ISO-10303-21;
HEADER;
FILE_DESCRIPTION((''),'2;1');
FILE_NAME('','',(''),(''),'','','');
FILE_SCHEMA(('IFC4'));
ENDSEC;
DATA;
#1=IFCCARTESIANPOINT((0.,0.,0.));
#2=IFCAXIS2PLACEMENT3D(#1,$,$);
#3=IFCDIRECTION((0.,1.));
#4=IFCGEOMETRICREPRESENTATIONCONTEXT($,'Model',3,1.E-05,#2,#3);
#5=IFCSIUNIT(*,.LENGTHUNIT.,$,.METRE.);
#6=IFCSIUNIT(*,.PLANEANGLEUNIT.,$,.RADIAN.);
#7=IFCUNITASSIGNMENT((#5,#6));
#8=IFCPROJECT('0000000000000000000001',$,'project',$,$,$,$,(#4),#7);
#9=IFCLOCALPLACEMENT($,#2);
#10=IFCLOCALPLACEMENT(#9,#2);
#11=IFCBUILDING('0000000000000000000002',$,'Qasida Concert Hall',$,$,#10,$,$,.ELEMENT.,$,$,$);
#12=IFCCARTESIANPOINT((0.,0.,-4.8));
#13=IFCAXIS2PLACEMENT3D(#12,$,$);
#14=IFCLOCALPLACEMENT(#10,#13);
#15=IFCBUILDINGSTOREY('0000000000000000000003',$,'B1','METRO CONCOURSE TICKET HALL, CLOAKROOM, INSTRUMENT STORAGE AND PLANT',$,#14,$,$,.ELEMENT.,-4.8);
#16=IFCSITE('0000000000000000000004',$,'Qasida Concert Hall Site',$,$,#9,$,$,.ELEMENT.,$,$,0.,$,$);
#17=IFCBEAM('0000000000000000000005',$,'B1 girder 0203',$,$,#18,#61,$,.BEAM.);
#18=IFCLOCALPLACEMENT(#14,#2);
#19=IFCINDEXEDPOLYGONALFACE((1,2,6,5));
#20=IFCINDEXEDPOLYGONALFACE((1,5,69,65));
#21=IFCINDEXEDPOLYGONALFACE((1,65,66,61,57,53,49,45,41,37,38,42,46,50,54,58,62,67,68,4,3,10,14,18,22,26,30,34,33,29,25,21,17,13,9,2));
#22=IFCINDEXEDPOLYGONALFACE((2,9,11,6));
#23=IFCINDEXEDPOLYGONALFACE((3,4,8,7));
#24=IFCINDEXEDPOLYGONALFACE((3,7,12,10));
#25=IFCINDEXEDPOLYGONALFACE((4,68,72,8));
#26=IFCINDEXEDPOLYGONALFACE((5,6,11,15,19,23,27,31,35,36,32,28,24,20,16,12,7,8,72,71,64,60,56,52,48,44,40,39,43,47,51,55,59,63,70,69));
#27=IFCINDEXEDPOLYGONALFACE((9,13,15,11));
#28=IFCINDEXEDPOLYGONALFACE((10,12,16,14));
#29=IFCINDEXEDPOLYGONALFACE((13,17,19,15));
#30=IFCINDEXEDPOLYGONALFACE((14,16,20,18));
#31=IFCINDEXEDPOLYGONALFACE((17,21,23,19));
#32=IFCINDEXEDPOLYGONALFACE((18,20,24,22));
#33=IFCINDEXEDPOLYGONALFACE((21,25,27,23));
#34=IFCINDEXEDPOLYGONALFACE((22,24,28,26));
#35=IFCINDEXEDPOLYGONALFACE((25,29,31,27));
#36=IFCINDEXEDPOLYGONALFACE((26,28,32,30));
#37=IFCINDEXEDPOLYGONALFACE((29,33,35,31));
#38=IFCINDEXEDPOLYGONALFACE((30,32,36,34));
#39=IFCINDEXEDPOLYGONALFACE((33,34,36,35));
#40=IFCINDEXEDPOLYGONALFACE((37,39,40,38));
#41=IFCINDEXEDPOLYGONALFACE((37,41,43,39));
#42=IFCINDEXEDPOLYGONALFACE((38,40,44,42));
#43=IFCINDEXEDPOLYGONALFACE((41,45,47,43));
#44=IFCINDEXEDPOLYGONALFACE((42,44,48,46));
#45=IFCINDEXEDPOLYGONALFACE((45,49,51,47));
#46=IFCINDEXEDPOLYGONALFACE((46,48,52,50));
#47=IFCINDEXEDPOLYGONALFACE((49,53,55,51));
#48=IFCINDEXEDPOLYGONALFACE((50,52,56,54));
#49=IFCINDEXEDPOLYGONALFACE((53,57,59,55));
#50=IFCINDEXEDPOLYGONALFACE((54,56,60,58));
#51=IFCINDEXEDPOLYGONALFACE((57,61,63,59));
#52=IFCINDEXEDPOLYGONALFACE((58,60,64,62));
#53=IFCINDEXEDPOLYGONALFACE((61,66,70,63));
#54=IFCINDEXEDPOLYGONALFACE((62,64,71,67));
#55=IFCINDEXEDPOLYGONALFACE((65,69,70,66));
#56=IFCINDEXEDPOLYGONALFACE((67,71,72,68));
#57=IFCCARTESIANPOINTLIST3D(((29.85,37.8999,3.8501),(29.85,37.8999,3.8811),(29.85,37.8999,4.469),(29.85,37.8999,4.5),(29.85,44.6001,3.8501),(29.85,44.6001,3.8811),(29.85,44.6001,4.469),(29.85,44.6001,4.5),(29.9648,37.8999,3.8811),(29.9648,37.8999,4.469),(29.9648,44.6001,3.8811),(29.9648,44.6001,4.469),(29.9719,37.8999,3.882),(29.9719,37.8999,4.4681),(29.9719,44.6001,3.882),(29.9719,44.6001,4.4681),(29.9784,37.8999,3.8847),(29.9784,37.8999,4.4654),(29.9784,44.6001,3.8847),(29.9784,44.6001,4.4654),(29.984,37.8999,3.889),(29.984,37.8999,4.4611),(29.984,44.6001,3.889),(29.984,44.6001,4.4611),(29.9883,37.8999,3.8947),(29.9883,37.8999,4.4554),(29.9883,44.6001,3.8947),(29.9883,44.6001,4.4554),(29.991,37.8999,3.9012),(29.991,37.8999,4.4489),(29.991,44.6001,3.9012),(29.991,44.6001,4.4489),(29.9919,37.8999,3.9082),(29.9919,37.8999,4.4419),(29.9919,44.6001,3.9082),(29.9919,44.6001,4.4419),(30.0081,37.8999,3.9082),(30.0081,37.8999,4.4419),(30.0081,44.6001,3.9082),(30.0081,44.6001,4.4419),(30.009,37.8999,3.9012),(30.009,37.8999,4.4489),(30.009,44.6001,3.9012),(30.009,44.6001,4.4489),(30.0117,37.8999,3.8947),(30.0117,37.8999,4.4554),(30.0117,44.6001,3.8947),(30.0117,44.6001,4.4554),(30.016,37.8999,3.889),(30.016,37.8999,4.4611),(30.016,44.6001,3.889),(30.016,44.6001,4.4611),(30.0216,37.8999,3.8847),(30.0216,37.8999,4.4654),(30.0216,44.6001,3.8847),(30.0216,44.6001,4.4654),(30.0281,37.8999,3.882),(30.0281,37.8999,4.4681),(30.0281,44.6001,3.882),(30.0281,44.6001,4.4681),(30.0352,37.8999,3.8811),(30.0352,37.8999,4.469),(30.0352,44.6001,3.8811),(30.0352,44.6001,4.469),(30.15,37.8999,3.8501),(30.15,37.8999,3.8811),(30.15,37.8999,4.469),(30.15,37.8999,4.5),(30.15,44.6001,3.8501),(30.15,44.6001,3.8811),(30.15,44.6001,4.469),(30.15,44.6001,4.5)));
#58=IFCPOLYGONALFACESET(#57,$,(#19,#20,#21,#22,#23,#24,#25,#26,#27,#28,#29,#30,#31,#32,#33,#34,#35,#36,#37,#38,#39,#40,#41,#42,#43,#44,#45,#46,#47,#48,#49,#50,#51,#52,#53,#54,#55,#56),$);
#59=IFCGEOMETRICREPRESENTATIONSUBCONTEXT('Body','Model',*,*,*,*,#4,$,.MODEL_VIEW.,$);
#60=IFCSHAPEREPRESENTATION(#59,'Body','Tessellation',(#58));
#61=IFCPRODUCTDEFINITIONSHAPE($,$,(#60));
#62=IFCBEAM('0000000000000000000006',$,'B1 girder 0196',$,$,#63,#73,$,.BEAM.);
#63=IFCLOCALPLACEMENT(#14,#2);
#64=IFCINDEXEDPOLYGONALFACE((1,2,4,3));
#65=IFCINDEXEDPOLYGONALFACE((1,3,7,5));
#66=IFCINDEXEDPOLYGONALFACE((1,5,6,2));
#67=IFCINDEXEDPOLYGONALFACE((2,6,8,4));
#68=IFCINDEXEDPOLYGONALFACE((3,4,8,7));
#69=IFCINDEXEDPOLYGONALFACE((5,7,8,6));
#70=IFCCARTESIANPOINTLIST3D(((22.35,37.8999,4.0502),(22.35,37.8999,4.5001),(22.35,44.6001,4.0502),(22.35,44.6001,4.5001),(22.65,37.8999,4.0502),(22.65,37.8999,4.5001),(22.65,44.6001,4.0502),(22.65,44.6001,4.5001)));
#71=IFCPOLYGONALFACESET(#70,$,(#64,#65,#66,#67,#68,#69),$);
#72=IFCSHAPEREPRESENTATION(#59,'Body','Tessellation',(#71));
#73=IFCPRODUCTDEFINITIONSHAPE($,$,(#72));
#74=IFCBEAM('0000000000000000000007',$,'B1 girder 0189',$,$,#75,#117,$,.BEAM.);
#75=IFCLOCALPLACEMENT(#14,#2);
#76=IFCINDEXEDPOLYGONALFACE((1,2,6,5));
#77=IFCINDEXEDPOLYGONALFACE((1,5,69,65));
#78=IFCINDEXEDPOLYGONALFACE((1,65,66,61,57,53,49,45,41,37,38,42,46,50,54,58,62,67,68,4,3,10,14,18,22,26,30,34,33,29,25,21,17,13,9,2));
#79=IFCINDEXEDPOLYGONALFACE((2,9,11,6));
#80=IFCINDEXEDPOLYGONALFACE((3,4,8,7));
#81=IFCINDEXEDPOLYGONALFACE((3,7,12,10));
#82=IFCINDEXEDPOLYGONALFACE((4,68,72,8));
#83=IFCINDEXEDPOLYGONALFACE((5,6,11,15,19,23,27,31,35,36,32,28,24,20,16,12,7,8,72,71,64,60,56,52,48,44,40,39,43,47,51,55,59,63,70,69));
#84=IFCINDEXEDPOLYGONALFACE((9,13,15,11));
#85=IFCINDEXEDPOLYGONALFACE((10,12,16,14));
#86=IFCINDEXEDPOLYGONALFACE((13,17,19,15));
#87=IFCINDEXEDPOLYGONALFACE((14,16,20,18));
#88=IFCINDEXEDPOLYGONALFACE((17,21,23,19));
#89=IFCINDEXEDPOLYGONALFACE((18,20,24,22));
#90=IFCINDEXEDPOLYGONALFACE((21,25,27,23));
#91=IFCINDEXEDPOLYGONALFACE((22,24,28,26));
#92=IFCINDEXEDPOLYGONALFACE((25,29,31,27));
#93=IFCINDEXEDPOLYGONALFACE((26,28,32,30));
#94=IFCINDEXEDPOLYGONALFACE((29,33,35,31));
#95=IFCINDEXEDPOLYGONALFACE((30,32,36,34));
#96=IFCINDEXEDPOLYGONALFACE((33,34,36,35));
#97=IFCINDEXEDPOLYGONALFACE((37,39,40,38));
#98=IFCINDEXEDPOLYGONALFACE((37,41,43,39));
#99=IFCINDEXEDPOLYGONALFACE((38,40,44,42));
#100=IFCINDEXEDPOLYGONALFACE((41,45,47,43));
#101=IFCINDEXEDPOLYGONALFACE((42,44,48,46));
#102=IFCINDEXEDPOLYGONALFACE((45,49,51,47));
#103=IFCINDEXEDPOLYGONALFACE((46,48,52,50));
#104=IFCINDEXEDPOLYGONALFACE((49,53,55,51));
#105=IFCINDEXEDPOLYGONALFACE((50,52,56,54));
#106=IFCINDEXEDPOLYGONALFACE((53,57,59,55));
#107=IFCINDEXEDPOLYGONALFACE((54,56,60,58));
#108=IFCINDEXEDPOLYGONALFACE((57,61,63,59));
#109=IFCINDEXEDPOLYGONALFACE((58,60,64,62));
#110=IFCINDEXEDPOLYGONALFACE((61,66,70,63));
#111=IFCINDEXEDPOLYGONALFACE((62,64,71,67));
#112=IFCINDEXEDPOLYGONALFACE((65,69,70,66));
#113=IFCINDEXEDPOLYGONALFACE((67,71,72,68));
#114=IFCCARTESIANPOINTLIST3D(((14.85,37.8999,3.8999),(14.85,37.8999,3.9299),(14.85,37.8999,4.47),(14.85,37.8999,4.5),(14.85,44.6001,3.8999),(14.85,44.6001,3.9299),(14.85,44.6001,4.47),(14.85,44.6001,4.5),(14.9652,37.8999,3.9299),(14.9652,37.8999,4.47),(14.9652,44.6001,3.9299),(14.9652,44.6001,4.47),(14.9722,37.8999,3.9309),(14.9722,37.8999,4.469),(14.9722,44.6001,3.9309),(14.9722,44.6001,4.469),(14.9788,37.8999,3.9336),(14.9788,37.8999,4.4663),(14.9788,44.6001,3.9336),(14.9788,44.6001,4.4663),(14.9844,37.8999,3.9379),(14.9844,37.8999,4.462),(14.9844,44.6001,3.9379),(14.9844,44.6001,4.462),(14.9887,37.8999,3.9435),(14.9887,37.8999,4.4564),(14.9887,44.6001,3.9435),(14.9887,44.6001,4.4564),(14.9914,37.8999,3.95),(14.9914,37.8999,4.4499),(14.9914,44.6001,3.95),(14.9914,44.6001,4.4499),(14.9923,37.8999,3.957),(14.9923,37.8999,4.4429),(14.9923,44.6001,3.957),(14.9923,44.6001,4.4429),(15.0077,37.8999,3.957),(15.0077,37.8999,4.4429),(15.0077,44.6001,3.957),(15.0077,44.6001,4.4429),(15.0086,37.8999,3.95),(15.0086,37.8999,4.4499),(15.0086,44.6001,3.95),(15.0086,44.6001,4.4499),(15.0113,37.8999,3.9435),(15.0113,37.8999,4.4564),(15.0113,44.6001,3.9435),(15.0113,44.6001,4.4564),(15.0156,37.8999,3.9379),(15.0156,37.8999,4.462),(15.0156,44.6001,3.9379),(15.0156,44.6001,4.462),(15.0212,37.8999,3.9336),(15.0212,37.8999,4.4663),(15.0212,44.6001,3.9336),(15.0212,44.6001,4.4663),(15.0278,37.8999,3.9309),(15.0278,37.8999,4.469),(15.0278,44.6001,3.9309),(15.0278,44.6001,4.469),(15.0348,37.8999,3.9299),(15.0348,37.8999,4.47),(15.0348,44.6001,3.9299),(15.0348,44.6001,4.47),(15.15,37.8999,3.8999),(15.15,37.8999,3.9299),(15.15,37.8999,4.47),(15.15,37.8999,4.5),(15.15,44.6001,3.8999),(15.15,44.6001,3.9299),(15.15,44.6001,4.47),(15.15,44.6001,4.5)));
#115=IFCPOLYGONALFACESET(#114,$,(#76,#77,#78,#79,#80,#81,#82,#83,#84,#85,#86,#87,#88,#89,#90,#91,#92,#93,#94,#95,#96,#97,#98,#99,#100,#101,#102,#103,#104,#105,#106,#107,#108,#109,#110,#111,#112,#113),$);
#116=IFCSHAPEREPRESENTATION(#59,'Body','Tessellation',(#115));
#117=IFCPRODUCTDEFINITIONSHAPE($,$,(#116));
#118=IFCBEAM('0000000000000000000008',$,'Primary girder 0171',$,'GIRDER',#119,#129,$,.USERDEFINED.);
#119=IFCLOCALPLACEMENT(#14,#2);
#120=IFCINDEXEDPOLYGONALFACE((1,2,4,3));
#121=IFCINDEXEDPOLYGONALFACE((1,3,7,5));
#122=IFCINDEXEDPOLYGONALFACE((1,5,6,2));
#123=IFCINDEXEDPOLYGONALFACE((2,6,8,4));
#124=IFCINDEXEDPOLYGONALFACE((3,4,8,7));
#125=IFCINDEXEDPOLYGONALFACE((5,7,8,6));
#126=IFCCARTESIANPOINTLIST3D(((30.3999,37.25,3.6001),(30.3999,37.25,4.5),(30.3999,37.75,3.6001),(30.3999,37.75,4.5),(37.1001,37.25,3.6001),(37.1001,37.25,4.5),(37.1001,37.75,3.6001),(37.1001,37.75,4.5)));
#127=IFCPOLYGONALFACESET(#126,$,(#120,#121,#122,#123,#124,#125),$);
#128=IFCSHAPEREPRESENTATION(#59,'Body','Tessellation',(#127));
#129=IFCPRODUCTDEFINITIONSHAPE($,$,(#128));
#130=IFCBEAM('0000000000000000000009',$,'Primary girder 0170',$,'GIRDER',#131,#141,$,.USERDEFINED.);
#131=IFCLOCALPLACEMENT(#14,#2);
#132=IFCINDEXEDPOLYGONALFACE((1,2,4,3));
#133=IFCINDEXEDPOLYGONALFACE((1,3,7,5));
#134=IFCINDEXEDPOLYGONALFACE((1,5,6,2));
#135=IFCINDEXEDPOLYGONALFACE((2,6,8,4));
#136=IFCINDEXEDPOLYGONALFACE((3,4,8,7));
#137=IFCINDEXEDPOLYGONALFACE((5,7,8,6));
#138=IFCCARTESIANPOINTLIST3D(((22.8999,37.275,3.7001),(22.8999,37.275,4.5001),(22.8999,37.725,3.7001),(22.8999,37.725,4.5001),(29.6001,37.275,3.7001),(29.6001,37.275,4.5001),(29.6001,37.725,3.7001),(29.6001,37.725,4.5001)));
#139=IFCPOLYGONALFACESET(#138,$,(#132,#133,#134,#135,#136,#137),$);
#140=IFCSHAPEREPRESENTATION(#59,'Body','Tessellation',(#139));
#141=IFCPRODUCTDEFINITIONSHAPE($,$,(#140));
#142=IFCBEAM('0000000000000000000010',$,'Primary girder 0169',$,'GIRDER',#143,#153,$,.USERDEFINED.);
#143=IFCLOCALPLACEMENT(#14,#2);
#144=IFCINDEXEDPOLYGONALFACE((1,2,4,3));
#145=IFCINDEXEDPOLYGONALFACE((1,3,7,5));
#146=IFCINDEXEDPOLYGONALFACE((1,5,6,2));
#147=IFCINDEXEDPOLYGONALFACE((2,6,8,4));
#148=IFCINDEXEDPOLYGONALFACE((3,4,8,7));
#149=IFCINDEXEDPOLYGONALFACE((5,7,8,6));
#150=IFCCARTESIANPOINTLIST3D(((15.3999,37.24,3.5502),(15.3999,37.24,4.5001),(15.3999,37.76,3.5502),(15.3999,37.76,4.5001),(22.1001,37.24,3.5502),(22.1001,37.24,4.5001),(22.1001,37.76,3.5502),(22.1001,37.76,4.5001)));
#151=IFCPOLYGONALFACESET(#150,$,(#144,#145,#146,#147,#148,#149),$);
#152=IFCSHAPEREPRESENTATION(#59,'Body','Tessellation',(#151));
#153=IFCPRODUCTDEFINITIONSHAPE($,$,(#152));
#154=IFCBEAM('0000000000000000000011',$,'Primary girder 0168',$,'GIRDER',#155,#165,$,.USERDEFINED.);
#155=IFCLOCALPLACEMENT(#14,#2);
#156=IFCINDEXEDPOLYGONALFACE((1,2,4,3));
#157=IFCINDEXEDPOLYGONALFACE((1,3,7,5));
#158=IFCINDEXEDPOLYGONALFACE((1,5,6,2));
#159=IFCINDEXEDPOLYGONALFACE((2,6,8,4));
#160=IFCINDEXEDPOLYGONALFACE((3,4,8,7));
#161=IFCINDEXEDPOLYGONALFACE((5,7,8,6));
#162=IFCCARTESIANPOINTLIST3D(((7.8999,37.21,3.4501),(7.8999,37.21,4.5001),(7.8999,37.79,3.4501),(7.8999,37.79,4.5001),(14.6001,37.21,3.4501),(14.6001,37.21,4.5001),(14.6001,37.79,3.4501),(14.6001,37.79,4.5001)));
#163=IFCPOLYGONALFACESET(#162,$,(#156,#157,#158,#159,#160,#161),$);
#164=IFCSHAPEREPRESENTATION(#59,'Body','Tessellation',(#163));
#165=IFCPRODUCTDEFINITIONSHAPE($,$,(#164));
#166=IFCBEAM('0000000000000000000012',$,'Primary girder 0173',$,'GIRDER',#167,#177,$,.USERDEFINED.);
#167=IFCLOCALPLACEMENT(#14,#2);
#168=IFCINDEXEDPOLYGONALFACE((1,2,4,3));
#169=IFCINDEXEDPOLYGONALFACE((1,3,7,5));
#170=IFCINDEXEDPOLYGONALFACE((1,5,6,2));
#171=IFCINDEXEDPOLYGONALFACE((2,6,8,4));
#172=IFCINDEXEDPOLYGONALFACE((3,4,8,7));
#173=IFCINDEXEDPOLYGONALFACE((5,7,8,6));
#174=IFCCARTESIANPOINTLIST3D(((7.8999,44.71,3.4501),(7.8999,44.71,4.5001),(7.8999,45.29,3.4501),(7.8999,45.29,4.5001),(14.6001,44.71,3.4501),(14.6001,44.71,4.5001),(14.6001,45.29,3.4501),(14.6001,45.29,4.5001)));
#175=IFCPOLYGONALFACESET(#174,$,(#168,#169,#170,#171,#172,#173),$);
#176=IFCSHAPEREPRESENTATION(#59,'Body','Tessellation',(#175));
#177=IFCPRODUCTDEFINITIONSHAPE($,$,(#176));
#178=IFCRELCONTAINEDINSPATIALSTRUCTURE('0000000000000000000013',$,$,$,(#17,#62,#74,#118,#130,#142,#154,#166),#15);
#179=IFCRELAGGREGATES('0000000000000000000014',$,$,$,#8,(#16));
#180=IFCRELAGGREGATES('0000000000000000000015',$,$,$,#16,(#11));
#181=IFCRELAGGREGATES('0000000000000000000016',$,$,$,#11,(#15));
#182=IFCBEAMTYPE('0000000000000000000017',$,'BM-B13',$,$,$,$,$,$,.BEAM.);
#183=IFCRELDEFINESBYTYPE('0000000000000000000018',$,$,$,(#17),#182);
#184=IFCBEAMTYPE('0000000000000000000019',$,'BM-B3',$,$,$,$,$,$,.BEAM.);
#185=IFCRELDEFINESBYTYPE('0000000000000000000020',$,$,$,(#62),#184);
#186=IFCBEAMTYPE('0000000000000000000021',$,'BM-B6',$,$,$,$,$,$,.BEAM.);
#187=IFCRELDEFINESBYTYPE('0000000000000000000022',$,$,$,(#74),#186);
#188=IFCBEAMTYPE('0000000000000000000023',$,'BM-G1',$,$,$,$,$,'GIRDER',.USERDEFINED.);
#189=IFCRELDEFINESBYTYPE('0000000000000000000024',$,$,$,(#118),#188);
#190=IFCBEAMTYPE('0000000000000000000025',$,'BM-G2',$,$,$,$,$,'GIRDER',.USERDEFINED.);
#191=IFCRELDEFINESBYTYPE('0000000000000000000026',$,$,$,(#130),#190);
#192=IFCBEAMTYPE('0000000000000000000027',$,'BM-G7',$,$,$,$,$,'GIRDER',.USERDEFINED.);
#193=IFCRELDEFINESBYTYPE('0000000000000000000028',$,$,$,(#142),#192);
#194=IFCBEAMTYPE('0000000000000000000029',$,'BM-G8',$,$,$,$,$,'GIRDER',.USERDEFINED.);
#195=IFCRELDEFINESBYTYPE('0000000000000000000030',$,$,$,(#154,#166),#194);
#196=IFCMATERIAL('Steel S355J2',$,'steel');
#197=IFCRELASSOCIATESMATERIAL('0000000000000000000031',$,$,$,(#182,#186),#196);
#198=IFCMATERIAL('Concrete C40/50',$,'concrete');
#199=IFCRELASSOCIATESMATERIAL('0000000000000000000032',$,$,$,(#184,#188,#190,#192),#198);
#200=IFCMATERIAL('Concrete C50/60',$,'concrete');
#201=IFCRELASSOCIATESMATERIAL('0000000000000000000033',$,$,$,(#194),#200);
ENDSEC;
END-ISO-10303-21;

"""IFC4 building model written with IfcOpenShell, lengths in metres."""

from ifc_helpers import new_model, si_unit, direction, frame, origin, origin_2d, place, context, subcontext, project, spatial, rectangle, i_section, extrude, material, material_profile, profile_set, type_object, element, save


model = new_model("IFC4")

# Units and contexts
model_context = context("Model", 3, precision=1e-05, world=origin(), true_north=direction((0.0, 1.0)))
body_context = subcontext(model_context, "Body", "Model", "MODEL_VIEW")
ifc_project = project(units=[si_unit("LENGTHUNIT", "METRE"), si_unit("PLANEANGLEUNIT", "RADIAN")], contexts=[model_context])

# Site, building, storey
site_placement = place(None, origin())
site = spatial("IfcSite", under=ifc_project, at=site_placement, Name="Qasida Concert Hall Site", CompositionType="ELEMENT", RefElevation=0.0)
building_placement = place(site_placement, origin())
building = spatial("IfcBuilding", under=site, at=building_placement, Name="Qasida Concert Hall", CompositionType="ELEMENT")
storey_placement = place(building_placement, frame((0.0, 0.0, -4.8)))
storey = spatial("IfcBuildingStorey", under=building, at=storey_placement, Name="B1", Description="METRO CONCOURSE TICKET HALL, CLOAKROOM, INSTRUMENT STORAGE AND PLANT", CompositionType="ELEMENT", Elevation=-4.8)

# Shared definitions
ifc_material_1 = material(Name="Concrete C40/50", Category="concrete")

# Shared definitions
ifc_material_2 = material(Name="Concrete C50/60", Category="concrete")

# Beams
ifc_material_3 = material(Name="Steel S355J2", Category="steel")
ifc_material_profile_1 = material_profile(ifc_material_3, i_section(OverallWidth=0.3, OverallDepth=0.6499, WebThickness=0.0161, FlangeThickness=0.031, FilletRadius=0.0271, at=origin_2d()), Name="HEB 650")
ifc_profile_set_1 = profile_set([ifc_material_profile_1], Name="Steel S355J2")
beam_type_1 = type_object("IfcBeamType", Name="BM-B13", PredefinedType="BEAM", material=ifc_profile_set_1)
beam_1_placement = place(storey_placement, frame((30.0, 37.8999, 4.175), z_axis=(0.0, 1.0, 0.0), x_axis=(-1.0, 0.0, 0.0)))
element("IfcBeam", 1, at=beam_1_placement, inside=storey, type_object=beam_type_1, Name="B1 girder 0203", PredefinedType="BEAM", context=body_context, shape_type="SweptSolid", body=[
    extrude(i_section(OverallWidth=0.3, OverallDepth=0.6499, WebThickness=0.0161, FlangeThickness=0.031, FilletRadius=0.0271, at=origin_2d()), origin(), (0.0, 0.0, 1.0), 6.7002),
])
ifc_material_profile_2 = material_profile(ifc_material_1, rectangle(XDim=0.3, YDim=0.45, at=origin_2d()), Name="RC 300x450")
ifc_profile_set_2 = profile_set([ifc_material_profile_2], Name="Concrete C40/50")
beam_type_2 = type_object("IfcBeamType", Name="BM-B3", PredefinedType="BEAM", material=ifc_profile_set_2)
beam_2_placement = place(storey_placement, frame((22.5, 37.8999, 4.2751), z_axis=(0.0, 1.0, 0.0), x_axis=(-1.0, 0.0, 0.0)))
element("IfcBeam", 2, at=beam_2_placement, inside=storey, type_object=beam_type_2, Name="B1 girder 0196", PredefinedType="BEAM", context=body_context, shape_type="SweptSolid", body=[
    extrude(rectangle(XDim=0.3, YDim=0.45, at=origin_2d()), origin(), (0.0, 0.0, 1.0), 6.7002),
])
ifc_material_profile_3 = material_profile(ifc_material_3, i_section(OverallWidth=0.3, OverallDepth=0.6001, WebThickness=0.0154, FlangeThickness=0.03, FilletRadius=0.0271, at=origin_2d()), Name="HEB 600")
ifc_profile_set_3 = profile_set([ifc_material_profile_3], Name="Steel S355J2")
beam_type_3 = type_object("IfcBeamType", Name="BM-B6", PredefinedType="BEAM", material=ifc_profile_set_3)
beam_3_placement = place(storey_placement, frame((15.0, 37.8999, 4.2), z_axis=(0.0, 1.0, 0.0), x_axis=(-1.0, 0.0, 0.0)))
element("IfcBeam", 3, at=beam_3_placement, inside=storey, type_object=beam_type_3, Name="B1 girder 0189", PredefinedType="BEAM", context=body_context, shape_type="SweptSolid", body=[
    extrude(i_section(OverallWidth=0.3, OverallDepth=0.6001, WebThickness=0.0154, FlangeThickness=0.03, FilletRadius=0.0271, at=origin_2d()), origin(), (0.0, 0.0, 1.0), 6.7002),
])
ifc_material_profile_4 = material_profile(ifc_material_1, rectangle(XDim=0.5, YDim=0.8999, at=origin_2d()), Name="RC 500x900")
ifc_profile_set_4 = profile_set([ifc_material_profile_4], Name="Concrete C40/50")
beam_type_4 = type_object("IfcBeamType", Name="BM-G1", ElementType="GIRDER", PredefinedType="USERDEFINED", material=ifc_profile_set_4)
beam_4_placement = place(storey_placement, frame((30.3999, 37.5, 4.05), z_axis=(1.0, 0.0, 0.0), x_axis=(0.0, 1.0, 0.0)))
element("IfcBeam", 4, at=beam_4_placement, inside=storey, type_object=beam_type_4, Name="Primary girder 0171", ObjectType="GIRDER", PredefinedType="USERDEFINED", context=body_context, shape_type="SweptSolid", body=[
    extrude(rectangle(XDim=0.5, YDim=0.8999, at=origin_2d()), origin(), (0.0, 0.0, 1.0), 6.7002),
])
ifc_material_profile_5 = material_profile(ifc_material_1, rectangle(XDim=0.45, YDim=0.8, at=origin_2d()), Name="RC 450x800")
ifc_profile_set_5 = profile_set([ifc_material_profile_5], Name="Concrete C40/50")
beam_type_5 = type_object("IfcBeamType", Name="BM-G2", ElementType="GIRDER", PredefinedType="USERDEFINED", material=ifc_profile_set_5)
beam_5_placement = place(storey_placement, frame((22.8999, 37.5, 4.1001), z_axis=(1.0, 0.0, 0.0), x_axis=(0.0, 1.0, 0.0)))
element("IfcBeam", 5, at=beam_5_placement, inside=storey, type_object=beam_type_5, Name="Primary girder 0170", ObjectType="GIRDER", PredefinedType="USERDEFINED", context=body_context, shape_type="SweptSolid", body=[
    extrude(rectangle(XDim=0.45, YDim=0.8, at=origin_2d()), origin(), (0.0, 0.0, 1.0), 6.7002),
])
ifc_material_profile_6 = material_profile(ifc_material_1, rectangle(XDim=0.52, YDim=0.95, at=origin_2d()), Name="RC 520x950")
ifc_profile_set_6 = profile_set([ifc_material_profile_6], Name="Concrete C40/50")
beam_type_6 = type_object("IfcBeamType", Name="BM-G7", ElementType="GIRDER", PredefinedType="USERDEFINED", material=ifc_profile_set_6)
beam_6_placement = place(storey_placement, frame((15.3999, 37.5, 4.0251), z_axis=(1.0, 0.0, 0.0), x_axis=(0.0, 1.0, 0.0)))
element("IfcBeam", 6, at=beam_6_placement, inside=storey, type_object=beam_type_6, Name="Primary girder 0169", ObjectType="GIRDER", PredefinedType="USERDEFINED", context=body_context, shape_type="SweptSolid", body=[
    extrude(rectangle(XDim=0.52, YDim=0.95, at=origin_2d()), origin(), (0.0, 0.0, 1.0), 6.7002),
])
ifc_material_profile_7 = material_profile(ifc_material_2, rectangle(XDim=0.5801, YDim=1.05, at=origin_2d()), Name="RC 580x1050")
ifc_profile_set_7 = profile_set([ifc_material_profile_7], Name="Concrete C50/60")
beam_type_7 = type_object("IfcBeamType", Name="BM-G8", ElementType="GIRDER", PredefinedType="USERDEFINED", material=ifc_profile_set_7)
for number, where, z_axis, x_axis, name in (
    (7, (7.8999, 37.5, 3.9751), (1.0, 0.0, 0.0), (0.0, 1.0, 0.0), "Primary girder 0168"),
    (8, (7.8999, 45.0, 3.9751), (1.0, 0.0, 0.0), (0.0, 1.0, 0.0), "Primary girder 0173"),
):
    element("IfcBeam", number, at=place(storey_placement, frame(where, z_axis=z_axis, x_axis=x_axis)), inside=storey, type_object=beam_type_7, Name=name, ObjectType="GIRDER", PredefinedType="USERDEFINED", context=body_context, shape_type="SweptSolid", body=[
        extrude(rectangle(XDim=0.5801, YDim=1.05, at=origin_2d()), origin(), (0.0, 0.0, 1.0), 6.7002),
    ])

save(model, "model.ifc")
